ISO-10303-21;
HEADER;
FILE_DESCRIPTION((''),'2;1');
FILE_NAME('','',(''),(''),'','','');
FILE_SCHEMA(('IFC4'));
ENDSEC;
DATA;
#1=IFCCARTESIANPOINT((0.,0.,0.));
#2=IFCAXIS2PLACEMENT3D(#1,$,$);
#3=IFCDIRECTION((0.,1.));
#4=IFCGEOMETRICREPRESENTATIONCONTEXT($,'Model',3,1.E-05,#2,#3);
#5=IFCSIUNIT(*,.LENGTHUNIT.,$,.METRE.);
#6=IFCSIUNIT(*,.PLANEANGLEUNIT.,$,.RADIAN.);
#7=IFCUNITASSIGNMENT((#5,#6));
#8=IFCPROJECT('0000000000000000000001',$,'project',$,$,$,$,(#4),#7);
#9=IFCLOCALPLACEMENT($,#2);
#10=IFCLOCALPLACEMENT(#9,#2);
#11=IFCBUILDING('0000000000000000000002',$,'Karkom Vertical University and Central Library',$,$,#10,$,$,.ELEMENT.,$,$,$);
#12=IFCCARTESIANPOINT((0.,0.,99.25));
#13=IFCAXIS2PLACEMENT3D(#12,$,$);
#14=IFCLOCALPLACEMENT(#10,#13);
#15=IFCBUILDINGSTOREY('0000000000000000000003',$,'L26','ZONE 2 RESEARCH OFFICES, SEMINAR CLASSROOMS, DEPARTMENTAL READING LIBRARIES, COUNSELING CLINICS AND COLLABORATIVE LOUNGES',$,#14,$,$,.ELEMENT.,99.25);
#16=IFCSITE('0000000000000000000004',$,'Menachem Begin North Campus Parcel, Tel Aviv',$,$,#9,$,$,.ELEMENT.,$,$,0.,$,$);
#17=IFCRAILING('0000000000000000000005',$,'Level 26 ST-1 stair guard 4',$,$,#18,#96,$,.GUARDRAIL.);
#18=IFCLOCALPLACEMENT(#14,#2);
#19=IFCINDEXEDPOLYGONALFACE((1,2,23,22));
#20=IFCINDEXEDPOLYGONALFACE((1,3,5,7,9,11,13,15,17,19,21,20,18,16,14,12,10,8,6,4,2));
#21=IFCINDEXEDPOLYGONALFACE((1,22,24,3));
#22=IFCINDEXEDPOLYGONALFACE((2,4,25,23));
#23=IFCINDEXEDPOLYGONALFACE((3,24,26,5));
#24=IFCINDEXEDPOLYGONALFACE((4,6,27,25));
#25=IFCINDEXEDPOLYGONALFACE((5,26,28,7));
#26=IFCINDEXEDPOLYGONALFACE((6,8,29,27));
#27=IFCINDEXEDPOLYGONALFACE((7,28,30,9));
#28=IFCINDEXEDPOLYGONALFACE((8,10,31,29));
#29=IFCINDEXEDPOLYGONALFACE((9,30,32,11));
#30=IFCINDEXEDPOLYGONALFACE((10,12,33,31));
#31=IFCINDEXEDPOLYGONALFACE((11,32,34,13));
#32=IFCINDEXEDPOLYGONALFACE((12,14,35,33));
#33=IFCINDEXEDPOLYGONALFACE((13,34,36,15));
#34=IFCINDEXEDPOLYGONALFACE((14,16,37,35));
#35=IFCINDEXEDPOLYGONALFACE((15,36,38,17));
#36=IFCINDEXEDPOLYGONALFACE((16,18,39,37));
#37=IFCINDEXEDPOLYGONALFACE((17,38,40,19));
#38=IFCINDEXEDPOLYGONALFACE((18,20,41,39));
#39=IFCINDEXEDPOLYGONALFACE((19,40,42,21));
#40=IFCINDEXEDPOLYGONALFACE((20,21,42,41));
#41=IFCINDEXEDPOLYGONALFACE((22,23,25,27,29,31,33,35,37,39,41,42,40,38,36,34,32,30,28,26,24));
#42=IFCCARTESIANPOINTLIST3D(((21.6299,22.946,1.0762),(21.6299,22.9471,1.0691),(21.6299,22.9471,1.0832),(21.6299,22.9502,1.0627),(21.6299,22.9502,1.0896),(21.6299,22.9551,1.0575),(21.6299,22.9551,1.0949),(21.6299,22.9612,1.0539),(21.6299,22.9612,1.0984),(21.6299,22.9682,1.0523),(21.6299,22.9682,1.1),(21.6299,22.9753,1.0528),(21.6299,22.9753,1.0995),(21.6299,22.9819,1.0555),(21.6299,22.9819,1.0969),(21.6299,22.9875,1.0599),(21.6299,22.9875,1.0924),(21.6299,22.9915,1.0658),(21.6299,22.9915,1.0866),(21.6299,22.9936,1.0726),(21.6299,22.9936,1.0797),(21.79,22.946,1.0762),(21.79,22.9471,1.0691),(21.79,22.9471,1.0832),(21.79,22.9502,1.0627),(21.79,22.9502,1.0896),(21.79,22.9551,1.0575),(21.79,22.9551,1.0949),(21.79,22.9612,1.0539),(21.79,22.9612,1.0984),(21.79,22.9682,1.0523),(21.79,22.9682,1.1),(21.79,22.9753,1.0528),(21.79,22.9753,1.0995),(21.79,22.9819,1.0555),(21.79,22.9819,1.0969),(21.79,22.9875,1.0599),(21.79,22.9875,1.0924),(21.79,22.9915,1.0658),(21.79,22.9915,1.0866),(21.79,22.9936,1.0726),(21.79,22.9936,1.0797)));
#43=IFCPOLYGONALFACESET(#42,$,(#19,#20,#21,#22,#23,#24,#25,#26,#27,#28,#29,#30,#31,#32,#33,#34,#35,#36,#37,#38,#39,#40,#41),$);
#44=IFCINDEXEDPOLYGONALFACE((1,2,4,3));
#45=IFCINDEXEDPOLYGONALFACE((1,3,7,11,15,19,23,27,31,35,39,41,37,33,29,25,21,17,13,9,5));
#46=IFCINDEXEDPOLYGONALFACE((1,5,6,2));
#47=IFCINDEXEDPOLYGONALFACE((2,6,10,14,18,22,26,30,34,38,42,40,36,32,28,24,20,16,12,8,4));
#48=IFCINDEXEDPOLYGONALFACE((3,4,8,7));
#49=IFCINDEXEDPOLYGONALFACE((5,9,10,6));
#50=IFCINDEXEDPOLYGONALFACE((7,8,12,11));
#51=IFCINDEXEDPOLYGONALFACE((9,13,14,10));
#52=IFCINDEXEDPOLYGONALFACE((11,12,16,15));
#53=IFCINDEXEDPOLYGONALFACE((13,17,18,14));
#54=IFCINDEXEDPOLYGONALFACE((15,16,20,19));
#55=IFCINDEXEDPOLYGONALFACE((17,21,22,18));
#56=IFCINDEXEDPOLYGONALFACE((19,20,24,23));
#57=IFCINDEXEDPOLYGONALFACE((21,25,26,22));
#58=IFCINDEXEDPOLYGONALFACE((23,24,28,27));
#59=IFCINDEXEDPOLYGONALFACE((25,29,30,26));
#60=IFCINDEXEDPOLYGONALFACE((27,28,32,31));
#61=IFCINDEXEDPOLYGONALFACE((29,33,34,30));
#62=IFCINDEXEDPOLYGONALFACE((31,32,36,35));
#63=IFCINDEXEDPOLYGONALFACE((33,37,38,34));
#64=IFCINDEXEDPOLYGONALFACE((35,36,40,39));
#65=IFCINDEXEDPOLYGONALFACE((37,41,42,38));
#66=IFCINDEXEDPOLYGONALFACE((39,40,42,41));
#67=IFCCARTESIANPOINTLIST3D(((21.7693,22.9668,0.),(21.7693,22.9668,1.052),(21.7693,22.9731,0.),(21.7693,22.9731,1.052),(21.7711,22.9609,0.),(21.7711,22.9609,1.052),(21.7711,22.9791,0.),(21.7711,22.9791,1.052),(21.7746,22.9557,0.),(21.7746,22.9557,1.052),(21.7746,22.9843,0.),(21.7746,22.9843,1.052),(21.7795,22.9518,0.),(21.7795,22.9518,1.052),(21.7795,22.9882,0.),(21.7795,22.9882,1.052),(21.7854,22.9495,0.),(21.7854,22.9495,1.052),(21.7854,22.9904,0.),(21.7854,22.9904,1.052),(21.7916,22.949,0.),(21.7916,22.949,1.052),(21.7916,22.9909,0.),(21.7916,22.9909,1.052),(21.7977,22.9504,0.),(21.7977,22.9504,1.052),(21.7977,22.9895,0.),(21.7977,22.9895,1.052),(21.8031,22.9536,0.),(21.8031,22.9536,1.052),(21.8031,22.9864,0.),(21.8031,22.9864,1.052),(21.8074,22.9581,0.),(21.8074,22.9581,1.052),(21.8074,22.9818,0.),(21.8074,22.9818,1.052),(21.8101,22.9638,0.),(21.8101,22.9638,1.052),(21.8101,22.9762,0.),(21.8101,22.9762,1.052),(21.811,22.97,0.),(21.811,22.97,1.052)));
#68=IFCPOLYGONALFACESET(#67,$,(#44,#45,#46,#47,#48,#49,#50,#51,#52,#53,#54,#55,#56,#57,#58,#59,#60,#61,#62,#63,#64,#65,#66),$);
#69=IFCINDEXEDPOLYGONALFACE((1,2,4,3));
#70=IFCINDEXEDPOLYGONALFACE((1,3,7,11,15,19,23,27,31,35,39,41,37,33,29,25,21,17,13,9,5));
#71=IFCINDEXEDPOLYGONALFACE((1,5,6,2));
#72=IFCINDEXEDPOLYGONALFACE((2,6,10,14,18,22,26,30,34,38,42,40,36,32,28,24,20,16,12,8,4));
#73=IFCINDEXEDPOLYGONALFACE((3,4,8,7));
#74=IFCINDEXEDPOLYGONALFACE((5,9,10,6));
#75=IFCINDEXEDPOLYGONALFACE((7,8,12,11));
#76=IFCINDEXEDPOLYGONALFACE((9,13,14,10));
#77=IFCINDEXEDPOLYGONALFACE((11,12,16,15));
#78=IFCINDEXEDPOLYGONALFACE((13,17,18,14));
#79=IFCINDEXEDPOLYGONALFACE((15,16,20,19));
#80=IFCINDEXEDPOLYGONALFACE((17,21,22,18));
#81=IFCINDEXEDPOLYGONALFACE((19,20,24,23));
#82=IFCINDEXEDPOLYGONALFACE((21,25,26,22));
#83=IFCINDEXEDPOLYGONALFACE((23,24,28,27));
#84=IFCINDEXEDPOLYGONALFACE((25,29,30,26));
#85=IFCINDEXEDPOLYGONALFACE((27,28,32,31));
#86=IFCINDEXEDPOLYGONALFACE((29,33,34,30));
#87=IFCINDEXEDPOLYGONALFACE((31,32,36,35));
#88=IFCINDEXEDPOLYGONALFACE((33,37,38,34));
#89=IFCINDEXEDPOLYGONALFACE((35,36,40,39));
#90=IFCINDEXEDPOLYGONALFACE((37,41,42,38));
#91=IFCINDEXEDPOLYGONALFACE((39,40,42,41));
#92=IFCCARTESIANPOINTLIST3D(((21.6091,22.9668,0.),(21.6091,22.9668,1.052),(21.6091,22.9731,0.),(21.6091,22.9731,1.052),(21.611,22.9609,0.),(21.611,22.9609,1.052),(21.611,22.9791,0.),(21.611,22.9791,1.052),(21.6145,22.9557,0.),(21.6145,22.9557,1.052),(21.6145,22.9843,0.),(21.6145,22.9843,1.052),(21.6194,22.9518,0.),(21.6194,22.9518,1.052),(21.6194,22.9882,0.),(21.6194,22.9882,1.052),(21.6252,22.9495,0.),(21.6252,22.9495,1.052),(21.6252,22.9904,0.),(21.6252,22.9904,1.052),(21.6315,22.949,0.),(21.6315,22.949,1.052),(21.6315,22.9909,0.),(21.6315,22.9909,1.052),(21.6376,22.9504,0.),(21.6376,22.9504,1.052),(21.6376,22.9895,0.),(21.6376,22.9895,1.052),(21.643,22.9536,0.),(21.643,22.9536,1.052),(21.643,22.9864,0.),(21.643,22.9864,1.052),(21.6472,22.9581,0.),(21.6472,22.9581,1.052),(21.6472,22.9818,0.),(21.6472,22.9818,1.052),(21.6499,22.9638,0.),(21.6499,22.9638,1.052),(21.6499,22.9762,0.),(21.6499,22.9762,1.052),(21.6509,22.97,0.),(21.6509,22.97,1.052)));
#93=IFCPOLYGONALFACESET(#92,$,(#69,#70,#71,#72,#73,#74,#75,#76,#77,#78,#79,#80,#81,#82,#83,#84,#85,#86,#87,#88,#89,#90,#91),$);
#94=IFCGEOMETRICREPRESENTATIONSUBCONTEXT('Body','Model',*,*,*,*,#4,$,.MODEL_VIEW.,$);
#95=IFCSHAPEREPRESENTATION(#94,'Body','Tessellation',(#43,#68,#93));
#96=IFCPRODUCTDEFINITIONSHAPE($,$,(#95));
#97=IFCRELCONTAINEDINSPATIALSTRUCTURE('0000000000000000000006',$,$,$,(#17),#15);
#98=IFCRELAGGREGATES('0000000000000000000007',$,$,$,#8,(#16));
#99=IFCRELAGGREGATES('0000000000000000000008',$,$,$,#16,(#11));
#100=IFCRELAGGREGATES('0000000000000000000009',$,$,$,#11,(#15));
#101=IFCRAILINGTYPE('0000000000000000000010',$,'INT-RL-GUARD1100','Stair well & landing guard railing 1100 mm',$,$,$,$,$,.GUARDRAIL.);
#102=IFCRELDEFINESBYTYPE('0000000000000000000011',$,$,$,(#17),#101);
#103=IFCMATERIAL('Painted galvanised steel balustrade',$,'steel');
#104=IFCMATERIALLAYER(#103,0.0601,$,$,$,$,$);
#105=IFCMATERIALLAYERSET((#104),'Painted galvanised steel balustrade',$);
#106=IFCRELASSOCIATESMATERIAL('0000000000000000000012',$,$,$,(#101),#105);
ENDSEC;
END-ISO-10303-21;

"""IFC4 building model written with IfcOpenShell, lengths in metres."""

from ifc_helpers import new_model, si_unit, direction, frame, origin, origin_2d, place, context, subcontext, project, spatial, circle, extrude, material, layer, layer_set, type_object, element, save


model = new_model("IFC4")

# Units and contexts
model_context = context("Model", 3, precision=1e-05, world=origin(), true_north=direction((0.0, 1.0)))
body_context = subcontext(model_context, "Body", "Model", "MODEL_VIEW")
ifc_project = project(units=[si_unit("LENGTHUNIT", "METRE"), si_unit("PLANEANGLEUNIT", "RADIAN")], contexts=[model_context])

# Site, building, storey
site_placement = place(None, origin())
site = spatial("IfcSite", under=ifc_project, at=site_placement, Name="Menachem Begin North Campus Parcel, Tel Aviv", CompositionType="ELEMENT", RefElevation=0.0)
building_placement = place(site_placement, origin())
building = spatial("IfcBuilding", under=site, at=building_placement, Name="Karkom Vertical University and Central Library", CompositionType="ELEMENT")
storey_placement = place(building_placement, frame((0.0, 0.0, 99.25)))
storey = spatial("IfcBuildingStorey", under=building, at=storey_placement, Name="L26", Description="ZONE 2 RESEARCH OFFICES, SEMINAR CLASSROOMS, DEPARTMENTAL READING LIBRARIES, COUNSELING CLINICS AND COLLABORATIVE LOUNGES", CompositionType="ELEMENT", Elevation=99.25)

# Railing
ifc_material_1 = material(Name="Painted galvanised steel balustrade", Category="steel")
ifc_layer_1 = layer(ifc_material_1, 0.0601)
ifc_layer_set_1 = layer_set([ifc_layer_1], Name="Painted galvanised steel balustrade")
railing_type = type_object("IfcRailingType", Name="INT-RL-GUARD1100", Description="Stair well & landing guard railing 1100 mm", PredefinedType="GUARDRAIL", material=ifc_layer_set_1)
railing_1_placement = place(storey_placement, frame((21.79, 22.97, 0.0)))
element("IfcRailing", 1, at=railing_1_placement, inside=storey, type_object=railing_type, Name="Level 26 ST-1 stair guard 4", PredefinedType="GUARDRAIL", context=body_context, shape_type="SweptSolid", body=[
    extrude(circle(Radius=0.0239, at=origin_2d()), frame((0.0, 0.0, 1.0762), z_axis=(-1.0, 0.0, 0.0), x_axis=(0.0, -1.0, 0.0)), (0.0, 0.0, 1.0), 0.1602),
    extrude(circle(Radius=0.021, at=origin_2d()), origin(), (0.0, 0.0, 1.0), 1.052),
    extrude(circle(Radius=0.021, at=origin_2d()), frame((-0.1602, 0.0, 0.0)), (0.0, 0.0, 1.0), 1.052),
])

save(model, "model.ifc")
